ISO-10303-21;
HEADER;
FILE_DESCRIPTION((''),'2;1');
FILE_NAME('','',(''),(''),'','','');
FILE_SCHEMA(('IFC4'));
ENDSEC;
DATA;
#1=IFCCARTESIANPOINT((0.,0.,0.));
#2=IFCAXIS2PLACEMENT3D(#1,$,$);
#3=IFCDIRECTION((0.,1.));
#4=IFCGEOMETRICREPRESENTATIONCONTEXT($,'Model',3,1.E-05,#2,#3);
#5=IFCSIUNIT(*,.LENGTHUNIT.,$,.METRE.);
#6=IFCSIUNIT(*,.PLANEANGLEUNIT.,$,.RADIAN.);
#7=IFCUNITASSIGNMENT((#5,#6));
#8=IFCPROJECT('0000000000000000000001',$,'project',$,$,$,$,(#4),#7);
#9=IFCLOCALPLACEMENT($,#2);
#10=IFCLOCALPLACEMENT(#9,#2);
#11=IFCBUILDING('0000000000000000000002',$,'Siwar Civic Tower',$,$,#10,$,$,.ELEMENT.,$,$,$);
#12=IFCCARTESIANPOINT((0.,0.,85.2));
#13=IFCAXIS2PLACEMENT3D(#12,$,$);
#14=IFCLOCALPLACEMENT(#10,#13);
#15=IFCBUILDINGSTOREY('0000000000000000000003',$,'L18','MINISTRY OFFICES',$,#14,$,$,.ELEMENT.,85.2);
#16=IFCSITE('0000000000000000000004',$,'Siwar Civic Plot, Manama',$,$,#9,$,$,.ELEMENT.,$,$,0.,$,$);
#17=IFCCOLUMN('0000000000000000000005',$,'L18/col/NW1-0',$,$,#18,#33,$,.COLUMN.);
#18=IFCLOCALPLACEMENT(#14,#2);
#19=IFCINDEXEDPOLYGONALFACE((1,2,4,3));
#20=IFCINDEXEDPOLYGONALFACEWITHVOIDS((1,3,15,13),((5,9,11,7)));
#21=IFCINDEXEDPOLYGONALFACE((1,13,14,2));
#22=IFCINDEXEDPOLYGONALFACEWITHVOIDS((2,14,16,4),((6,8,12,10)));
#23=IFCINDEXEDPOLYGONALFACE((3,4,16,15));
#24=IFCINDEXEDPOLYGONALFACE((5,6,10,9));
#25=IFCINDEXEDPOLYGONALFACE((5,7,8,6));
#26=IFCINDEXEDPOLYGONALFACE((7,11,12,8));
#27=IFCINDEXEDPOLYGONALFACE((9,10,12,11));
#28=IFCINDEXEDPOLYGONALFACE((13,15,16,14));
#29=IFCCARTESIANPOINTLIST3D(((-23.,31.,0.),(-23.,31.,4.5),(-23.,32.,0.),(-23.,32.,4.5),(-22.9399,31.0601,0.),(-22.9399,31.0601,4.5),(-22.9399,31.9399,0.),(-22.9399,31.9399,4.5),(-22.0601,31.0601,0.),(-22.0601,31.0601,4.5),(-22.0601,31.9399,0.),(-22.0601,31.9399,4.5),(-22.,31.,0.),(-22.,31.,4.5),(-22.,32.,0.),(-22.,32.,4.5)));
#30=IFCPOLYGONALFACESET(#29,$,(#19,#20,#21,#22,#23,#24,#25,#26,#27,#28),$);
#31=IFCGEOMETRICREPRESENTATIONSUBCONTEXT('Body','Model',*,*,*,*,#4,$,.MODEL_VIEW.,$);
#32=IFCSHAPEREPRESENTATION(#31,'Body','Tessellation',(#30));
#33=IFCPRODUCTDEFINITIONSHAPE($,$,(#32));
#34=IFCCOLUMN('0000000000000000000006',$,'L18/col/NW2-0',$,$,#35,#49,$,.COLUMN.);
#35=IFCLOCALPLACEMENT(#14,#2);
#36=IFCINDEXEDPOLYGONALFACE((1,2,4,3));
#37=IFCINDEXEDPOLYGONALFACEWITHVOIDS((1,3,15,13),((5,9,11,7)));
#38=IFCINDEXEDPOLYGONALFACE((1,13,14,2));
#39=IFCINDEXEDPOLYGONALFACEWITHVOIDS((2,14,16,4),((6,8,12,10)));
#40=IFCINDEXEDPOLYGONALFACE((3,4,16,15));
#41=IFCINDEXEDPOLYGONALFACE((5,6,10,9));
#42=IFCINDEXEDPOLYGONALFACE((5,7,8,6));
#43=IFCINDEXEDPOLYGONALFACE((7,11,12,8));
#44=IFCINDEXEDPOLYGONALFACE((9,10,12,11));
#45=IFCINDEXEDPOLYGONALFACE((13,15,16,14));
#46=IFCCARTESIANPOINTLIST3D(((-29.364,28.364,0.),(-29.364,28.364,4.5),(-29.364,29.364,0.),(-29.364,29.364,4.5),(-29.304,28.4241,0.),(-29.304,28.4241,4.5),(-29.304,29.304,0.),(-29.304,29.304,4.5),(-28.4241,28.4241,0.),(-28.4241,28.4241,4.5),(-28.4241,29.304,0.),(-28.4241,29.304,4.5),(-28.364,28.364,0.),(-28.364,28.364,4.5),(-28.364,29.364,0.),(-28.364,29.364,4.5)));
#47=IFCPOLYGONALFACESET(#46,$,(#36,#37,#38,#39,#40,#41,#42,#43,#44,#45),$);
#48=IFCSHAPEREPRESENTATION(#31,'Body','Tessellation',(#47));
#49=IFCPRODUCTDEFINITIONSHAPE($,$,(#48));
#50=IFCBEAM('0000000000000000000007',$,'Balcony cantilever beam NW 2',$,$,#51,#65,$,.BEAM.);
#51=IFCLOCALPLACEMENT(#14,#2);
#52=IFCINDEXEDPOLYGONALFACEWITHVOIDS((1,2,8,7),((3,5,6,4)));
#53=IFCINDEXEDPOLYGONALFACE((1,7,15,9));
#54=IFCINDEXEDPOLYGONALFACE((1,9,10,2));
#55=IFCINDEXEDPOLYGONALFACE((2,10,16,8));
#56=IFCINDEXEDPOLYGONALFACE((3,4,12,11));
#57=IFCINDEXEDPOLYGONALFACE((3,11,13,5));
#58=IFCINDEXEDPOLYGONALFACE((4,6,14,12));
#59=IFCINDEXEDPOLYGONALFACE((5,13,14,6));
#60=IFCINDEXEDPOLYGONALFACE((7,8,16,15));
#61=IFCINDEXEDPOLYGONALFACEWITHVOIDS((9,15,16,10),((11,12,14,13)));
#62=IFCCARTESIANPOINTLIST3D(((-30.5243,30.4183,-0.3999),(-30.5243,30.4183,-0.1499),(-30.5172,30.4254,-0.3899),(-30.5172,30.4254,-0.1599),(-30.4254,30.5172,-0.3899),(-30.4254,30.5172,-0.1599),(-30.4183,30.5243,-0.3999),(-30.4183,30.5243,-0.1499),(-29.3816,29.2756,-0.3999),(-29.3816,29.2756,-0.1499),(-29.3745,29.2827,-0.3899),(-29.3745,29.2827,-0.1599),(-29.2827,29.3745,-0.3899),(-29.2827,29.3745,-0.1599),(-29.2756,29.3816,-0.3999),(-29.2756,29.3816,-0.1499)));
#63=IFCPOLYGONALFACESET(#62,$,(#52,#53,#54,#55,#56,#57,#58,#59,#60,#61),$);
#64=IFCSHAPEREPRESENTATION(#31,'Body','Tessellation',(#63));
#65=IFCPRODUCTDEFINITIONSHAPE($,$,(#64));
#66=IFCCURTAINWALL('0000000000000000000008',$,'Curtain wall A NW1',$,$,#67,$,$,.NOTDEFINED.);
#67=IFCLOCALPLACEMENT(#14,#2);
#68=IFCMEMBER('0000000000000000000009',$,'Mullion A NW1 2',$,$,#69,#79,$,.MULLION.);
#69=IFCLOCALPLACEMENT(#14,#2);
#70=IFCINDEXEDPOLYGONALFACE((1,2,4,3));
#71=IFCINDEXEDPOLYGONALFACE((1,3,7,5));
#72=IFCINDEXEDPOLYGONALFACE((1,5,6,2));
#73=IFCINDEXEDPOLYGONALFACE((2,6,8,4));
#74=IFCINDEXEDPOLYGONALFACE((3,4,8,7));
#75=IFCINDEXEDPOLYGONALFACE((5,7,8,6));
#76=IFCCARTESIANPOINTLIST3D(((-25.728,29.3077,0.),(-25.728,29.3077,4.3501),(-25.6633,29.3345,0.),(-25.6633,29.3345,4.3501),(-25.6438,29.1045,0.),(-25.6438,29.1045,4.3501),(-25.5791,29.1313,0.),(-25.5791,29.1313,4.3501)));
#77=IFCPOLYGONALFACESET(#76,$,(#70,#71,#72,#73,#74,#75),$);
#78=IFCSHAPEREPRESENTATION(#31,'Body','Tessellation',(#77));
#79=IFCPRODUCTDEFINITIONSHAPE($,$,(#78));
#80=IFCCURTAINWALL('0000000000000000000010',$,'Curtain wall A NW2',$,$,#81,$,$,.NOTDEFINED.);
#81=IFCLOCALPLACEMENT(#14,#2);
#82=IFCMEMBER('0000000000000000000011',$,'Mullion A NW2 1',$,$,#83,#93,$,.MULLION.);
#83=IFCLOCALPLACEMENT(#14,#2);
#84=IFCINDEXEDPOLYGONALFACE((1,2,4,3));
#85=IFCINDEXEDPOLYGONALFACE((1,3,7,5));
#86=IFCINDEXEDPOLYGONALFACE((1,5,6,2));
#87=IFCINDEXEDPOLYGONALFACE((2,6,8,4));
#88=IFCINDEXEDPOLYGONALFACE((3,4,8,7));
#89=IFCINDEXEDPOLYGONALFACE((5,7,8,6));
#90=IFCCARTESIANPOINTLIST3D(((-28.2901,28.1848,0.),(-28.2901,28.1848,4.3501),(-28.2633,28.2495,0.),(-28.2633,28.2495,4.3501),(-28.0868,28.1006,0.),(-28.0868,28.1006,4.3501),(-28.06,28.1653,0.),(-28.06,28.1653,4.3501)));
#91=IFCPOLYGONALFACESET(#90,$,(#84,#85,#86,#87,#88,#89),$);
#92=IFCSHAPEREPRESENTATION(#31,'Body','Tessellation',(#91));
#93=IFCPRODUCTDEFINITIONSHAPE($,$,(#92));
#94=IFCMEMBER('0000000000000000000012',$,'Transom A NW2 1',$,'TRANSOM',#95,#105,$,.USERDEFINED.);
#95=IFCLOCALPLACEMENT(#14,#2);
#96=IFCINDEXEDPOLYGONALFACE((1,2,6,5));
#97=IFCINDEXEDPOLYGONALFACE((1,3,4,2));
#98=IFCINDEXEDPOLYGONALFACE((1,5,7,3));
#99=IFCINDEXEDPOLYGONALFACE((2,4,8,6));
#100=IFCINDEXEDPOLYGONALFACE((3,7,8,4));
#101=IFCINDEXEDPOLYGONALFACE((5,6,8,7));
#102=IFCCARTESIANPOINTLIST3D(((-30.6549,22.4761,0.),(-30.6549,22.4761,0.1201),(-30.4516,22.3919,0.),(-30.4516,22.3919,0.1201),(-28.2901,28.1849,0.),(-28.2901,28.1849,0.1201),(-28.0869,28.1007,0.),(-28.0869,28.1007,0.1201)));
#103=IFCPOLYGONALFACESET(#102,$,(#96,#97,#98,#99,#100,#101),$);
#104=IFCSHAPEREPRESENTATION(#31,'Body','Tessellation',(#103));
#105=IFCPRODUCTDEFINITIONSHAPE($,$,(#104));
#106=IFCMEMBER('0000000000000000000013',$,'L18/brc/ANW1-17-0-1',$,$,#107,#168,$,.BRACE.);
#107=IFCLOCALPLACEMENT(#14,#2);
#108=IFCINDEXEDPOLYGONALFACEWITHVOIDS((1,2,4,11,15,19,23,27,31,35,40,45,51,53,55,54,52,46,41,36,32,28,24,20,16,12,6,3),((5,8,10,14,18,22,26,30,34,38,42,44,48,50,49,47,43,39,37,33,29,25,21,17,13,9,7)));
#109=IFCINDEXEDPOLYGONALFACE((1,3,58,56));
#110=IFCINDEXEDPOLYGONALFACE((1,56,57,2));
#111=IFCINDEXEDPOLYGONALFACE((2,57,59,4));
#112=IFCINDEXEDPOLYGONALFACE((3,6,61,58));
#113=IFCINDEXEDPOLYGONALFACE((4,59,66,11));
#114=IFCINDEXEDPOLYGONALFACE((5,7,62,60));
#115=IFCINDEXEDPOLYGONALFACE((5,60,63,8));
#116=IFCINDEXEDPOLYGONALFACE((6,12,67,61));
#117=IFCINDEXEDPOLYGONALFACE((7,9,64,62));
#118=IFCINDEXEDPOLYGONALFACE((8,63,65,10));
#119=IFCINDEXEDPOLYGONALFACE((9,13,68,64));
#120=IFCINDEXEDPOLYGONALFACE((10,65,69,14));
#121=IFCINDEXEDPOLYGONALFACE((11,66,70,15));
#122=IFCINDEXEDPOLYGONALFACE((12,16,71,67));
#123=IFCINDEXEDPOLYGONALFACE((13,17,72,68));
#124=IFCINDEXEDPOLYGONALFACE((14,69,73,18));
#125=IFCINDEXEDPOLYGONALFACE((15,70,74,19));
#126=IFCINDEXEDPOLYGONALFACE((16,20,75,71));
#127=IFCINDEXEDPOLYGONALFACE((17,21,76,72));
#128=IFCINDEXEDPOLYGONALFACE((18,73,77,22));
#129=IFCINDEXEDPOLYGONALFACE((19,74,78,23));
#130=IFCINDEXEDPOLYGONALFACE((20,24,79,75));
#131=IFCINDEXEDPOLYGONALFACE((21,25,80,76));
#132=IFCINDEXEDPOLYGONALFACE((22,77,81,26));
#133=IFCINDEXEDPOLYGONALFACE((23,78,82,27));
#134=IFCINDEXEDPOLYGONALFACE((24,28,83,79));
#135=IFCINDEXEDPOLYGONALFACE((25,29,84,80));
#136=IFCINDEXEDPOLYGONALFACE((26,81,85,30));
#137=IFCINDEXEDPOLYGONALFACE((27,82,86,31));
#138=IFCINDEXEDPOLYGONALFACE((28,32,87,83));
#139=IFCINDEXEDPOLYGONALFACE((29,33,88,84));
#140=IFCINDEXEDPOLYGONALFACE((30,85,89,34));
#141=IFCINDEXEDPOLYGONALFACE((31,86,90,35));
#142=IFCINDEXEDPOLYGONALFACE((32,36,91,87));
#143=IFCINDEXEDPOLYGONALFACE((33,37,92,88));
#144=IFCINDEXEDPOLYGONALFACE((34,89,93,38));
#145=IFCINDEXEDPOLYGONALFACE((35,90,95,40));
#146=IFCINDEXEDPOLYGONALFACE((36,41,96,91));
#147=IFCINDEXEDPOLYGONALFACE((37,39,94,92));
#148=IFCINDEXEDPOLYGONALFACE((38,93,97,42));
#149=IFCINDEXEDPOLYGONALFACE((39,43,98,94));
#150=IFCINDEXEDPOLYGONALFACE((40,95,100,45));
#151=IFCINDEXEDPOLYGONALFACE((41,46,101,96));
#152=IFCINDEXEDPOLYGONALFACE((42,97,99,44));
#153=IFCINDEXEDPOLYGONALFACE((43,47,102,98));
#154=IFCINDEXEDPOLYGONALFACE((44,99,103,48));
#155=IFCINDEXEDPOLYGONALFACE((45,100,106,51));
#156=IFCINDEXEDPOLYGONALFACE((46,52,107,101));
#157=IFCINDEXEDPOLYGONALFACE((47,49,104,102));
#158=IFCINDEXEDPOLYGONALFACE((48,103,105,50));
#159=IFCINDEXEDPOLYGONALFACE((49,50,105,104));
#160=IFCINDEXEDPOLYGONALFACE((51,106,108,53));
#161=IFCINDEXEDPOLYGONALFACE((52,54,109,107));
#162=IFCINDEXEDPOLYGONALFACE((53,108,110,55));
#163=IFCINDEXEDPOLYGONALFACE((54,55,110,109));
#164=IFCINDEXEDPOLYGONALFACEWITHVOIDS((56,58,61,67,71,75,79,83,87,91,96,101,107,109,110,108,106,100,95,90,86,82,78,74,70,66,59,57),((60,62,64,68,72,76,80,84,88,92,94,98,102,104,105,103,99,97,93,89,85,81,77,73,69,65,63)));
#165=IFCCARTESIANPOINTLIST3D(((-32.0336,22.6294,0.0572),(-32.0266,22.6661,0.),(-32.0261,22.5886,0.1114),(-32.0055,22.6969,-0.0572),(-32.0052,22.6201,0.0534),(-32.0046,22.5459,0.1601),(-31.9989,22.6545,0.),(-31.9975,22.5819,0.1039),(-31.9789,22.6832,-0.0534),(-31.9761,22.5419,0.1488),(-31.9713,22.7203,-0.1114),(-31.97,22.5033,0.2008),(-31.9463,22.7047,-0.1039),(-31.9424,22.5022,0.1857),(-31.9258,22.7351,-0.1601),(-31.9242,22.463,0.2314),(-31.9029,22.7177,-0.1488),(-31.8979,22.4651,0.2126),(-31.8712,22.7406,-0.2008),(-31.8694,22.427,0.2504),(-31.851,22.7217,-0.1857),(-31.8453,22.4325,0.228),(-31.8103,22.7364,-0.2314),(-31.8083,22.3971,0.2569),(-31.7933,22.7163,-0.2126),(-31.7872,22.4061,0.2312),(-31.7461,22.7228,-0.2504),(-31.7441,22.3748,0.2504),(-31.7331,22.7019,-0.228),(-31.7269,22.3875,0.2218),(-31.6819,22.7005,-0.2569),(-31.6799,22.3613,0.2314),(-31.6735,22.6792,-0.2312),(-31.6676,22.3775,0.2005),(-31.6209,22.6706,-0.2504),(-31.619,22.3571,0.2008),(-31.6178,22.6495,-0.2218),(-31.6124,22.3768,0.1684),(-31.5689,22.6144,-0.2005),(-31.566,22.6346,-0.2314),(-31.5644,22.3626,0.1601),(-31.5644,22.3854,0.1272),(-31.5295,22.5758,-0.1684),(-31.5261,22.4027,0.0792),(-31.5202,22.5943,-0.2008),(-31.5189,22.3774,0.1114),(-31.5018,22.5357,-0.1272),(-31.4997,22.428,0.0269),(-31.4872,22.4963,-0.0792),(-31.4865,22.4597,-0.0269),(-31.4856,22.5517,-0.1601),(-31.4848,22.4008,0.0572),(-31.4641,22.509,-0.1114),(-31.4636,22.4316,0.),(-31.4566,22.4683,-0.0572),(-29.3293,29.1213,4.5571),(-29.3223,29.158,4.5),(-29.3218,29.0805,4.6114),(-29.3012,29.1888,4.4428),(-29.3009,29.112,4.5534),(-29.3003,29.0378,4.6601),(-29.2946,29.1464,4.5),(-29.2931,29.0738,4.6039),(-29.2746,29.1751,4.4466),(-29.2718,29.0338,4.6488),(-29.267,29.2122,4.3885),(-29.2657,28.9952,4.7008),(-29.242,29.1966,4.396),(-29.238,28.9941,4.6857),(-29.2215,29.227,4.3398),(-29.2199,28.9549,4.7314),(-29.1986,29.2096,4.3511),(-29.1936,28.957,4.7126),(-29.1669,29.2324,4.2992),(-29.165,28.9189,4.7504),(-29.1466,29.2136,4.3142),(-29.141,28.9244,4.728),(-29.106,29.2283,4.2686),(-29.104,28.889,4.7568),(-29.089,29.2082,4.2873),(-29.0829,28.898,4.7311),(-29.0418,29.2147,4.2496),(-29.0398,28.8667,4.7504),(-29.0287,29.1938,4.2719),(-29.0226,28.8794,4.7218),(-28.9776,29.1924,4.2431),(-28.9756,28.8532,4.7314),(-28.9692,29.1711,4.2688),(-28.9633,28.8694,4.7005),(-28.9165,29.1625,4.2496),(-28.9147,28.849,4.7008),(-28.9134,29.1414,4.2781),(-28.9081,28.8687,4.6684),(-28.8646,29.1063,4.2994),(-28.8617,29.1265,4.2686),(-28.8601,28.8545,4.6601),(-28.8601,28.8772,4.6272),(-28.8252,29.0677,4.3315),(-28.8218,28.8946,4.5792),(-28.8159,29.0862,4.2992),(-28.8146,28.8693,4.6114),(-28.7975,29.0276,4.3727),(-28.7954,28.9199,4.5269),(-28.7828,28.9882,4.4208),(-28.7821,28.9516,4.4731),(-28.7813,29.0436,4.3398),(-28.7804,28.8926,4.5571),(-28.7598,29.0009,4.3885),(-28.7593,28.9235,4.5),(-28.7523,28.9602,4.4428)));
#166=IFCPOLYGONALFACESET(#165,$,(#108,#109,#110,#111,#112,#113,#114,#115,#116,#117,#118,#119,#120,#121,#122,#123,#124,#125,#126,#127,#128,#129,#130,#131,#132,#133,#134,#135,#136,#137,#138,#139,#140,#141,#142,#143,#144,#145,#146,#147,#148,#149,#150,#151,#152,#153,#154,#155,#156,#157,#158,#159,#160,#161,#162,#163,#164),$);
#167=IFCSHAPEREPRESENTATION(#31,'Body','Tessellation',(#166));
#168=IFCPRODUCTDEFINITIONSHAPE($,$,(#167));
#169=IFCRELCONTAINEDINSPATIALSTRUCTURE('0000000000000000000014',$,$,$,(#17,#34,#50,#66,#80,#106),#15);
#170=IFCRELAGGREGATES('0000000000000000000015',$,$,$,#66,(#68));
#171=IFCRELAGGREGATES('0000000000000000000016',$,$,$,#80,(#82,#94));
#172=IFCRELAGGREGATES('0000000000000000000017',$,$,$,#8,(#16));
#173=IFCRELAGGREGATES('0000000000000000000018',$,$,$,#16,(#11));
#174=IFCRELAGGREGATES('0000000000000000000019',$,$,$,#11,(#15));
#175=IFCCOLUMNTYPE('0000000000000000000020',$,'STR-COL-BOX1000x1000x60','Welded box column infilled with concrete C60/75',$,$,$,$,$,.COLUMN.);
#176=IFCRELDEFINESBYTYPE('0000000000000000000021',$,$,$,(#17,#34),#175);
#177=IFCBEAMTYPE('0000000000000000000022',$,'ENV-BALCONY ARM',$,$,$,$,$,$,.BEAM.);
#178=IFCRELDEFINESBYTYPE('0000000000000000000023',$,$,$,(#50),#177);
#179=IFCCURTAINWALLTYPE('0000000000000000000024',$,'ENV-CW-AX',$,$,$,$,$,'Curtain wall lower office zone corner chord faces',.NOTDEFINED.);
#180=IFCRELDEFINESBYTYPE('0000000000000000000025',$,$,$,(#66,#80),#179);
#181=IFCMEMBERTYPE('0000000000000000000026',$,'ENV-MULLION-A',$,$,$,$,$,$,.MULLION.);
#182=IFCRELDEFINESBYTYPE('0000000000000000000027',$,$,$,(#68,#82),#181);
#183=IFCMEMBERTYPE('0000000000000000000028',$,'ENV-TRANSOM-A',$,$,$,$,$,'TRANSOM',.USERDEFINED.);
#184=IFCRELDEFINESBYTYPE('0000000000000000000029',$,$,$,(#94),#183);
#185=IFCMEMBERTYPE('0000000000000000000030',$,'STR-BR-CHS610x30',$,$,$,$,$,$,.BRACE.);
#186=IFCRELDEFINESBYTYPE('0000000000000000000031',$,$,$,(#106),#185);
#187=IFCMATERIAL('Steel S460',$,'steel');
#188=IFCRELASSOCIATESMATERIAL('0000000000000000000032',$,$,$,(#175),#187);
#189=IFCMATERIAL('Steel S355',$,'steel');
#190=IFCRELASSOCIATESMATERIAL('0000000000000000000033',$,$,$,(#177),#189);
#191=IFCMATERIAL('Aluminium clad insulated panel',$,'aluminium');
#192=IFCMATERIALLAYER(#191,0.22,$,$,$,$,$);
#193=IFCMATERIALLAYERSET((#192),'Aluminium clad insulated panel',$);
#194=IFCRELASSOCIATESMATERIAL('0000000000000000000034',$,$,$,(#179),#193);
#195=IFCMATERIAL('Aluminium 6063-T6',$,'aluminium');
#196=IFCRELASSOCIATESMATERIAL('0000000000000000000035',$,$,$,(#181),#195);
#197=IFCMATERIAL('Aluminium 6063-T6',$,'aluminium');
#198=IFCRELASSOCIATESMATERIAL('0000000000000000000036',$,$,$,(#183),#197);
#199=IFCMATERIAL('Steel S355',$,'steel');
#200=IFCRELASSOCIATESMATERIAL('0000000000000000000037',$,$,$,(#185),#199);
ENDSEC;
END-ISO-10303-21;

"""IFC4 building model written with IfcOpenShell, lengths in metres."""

from ifc_helpers import new_model, si_unit, direction, frame, origin, origin_2d, place, context, subcontext, project, spatial, rectangle, hollow_rectangle, hollow_circle, extrude, material, layer, layer_set, material_profile, profile_set, type_object, element, aggregate, save


model = new_model("IFC4")

# Units and contexts
model_context = context("Model", 3, precision=1e-05, world=origin(), true_north=direction((0.0, 1.0)))
body_context = subcontext(model_context, "Body", "Model", "MODEL_VIEW")
ifc_project = project(units=[si_unit("LENGTHUNIT", "METRE"), si_unit("PLANEANGLEUNIT", "RADIAN")], contexts=[model_context])

# Site, building, storey
site_placement = place(None, origin())
site = spatial("IfcSite", under=ifc_project, at=site_placement, Name="Siwar Civic Plot, Manama", CompositionType="ELEMENT", RefElevation=0.0)
building_placement = place(site_placement, origin())
building = spatial("IfcBuilding", under=site, at=building_placement, Name="Siwar Civic Tower", CompositionType="ELEMENT")
storey_placement = place(building_placement, frame((0.0, 0.0, 85.2)))
storey = spatial("IfcBuildingStorey", under=building, at=storey_placement, Name="L18", Description="MINISTRY OFFICES", CompositionType="ELEMENT", Elevation=85.2)

# Columns
ifc_material_1 = material(Name="Steel S460", Category="steel")
ifc_material_profile_1 = material_profile(ifc_material_1, hollow_rectangle(XDim=1.0, YDim=1.0, WallThickness=0.0601, at=origin_2d()), Name="BOX1000x1000x60")
ifc_profile_set_1 = profile_set([ifc_material_profile_1], Name="Steel S460")
column_type = type_object("IfcColumnType", Name="STR-COL-BOX1000x1000x60", Description="Welded box column infilled with concrete C60/75", PredefinedType="COLUMN", material=ifc_profile_set_1)
for number, where, z_axis, x_axis, name in (
    (1, (-22.5, 31.5, 0.0), (0.0, 0.0, 1.0), (1.0, 0.0, 0.0), "L18/col/NW1-0"),
    (2, (-28.864, 28.864, 0.0), (0.0, 0.0, 1.0), (1.0, 0.0, 0.0), "L18/col/NW2-0"),
):
    element("IfcColumn", number, at=place(storey_placement, frame(where, z_axis=z_axis, x_axis=x_axis)), inside=storey, type_object=column_type, Name=name, PredefinedType="COLUMN", context=body_context, shape_type="SweptSolid", body=[
        extrude(hollow_rectangle(XDim=1.0, YDim=1.0, WallThickness=0.0601, at=origin_2d()), origin(), (0.0, 0.0, 1.0), 4.5),
    ])

# Beam
ifc_material_2 = material(Name="Steel S355", Category="steel")
ifc_material_profile_2 = material_profile(ifc_material_2, hollow_rectangle(XDim=0.1499, YDim=0.25, WallThickness=0.01, at=origin_2d()), Name="RHS250x150x10")
ifc_profile_set_2 = profile_set([ifc_material_profile_2], Name="Steel S355")
beam_type_1 = type_object("IfcBeamType", Name="ENV-BALCONY ARM", PredefinedType="BEAM", material=ifc_profile_set_2)
beam_1_placement = place(storey_placement, frame((-29.3286, 29.3286, -0.2749), z_axis=(-0.707107, 0.707107, 0.0), x_axis=(-0.707107, -0.707107, 0.0)))
element("IfcBeam", 3, at=beam_1_placement, inside=storey, type_object=beam_type_1, Name="Balcony cantilever beam NW 2", PredefinedType="BEAM", context=body_context, shape_type="SweptSolid", body=[
    extrude(hollow_rectangle(XDim=0.1499, YDim=0.25, WallThickness=0.01, at=origin_2d()), origin(), (0.0, 0.0, 1.0), 1.616),
])

# Curtain wall, member
ifc_material_3 = material(Name="Aluminium clad insulated panel", Category="aluminium")
ifc_layer_1 = layer(ifc_material_3, 0.22)
ifc_layer_set_1 = layer_set([ifc_layer_1], Name="Aluminium clad insulated panel")
curtain_wall_type = type_object("IfcCurtainWallType", Name="ENV-CW-AX", ElementType="Curtain wall lower office zone corner chord faces", PredefinedType="NOTDEFINED", material=ifc_layer_set_1)
curtain_wall_1_placement = place(storey_placement, origin())
curtain_wall_1 = element("IfcCurtainWall", 4, at=curtain_wall_1_placement, inside=storey, type_object=curtain_wall_type, Name="Curtain wall A NW1", PredefinedType="NOTDEFINED")
ifc_material_4 = material(Name="Aluminium 6063-T6", Category="aluminium")
ifc_material_profile_3 = material_profile(ifc_material_4, rectangle(XDim=0.22, YDim=0.0701, at=origin_2d()), Name="AL 220x70")
ifc_profile_set_3 = profile_set([ifc_material_profile_3], Name="Aluminium 6063-T6")
member_type_1 = type_object("IfcMemberType", Name="ENV-MULLION-A", PredefinedType="MULLION", material=ifc_profile_set_3)
member_1_placement = place(storey_placement, frame((-25.6536, 29.2195, 0.0), z_axis=(0.0, 0.0, 1.0), x_axis=(0.382683, -0.92388, 0.0)))
member_1 = element("IfcMember", 5, at=member_1_placement, type_object=member_type_1, Name="Mullion A NW1 2", PredefinedType="MULLION", context=body_context, shape_type="SweptSolid", body=[
    extrude(rectangle(XDim=0.22, YDim=0.0701, at=origin_2d()), origin(), (0.0, 0.0, 1.0), 4.3501),
])

# Curtain wall, members
curtain_wall_2_placement = place(storey_placement, origin())
curtain_wall_2 = element("IfcCurtainWall", 6, at=curtain_wall_2_placement, inside=storey, type_object=curtain_wall_type, Name="Curtain wall A NW2", PredefinedType="NOTDEFINED")
member_2_placement = place(storey_placement, frame((-28.175, 28.175, 0.0), z_axis=(0.0, 0.0, 1.0), x_axis=(0.92388, -0.382683, 0.0)))
member_2 = element("IfcMember", 7, at=member_2_placement, type_object=member_type_1, Name="Mullion A NW2 1", PredefinedType="MULLION", context=body_context, shape_type="SweptSolid", body=[
    extrude(rectangle(XDim=0.22, YDim=0.0701, at=origin_2d()), origin(), (0.0, 0.0, 1.0), 4.3501),
])
ifc_material_5 = material(Name="Aluminium 6063-T6", Category="aluminium")
ifc_material_profile_4 = material_profile(ifc_material_5, rectangle(XDim=0.22, YDim=0.1201, at=origin_2d()), Name="AL 220x120")
ifc_profile_set_4 = profile_set([ifc_material_profile_4], Name="Aluminium 6063-T6")
member_type_2 = type_object("IfcMemberType", Name="ENV-TRANSOM-A", ElementType="TRANSOM", PredefinedType="USERDEFINED", material=ifc_profile_set_4)
member_3_placement = place(storey_placement, frame((-28.1885, 28.1428, 0.0601), z_axis=(-0.382698, -0.923873, 0.0), x_axis=(0.923873, -0.382698, 0.0)))
member_3 = element("IfcMember", 8, at=member_3_placement, type_object=member_type_2, Name="Transom A NW2 1", ObjectType="TRANSOM", PredefinedType="USERDEFINED", context=body_context, shape_type="SweptSolid", body=[
    extrude(rectangle(XDim=0.22, YDim=0.1201, at=origin_2d()), origin(), (0.0, 0.0, 1.0), 6.1792),
])

# Member
ifc_material_6 = material(Name="Steel S355", Category="steel")
ifc_material_profile_5 = material_profile(ifc_material_6, hollow_circle(Radius=0.3049, WallThickness=0.03, at=origin_2d()), Name="CHS610x30")
ifc_profile_set_5 = profile_set([ifc_material_profile_5], Name="Steel S355")
member_type_3 = type_object("IfcMemberType", Name="STR-BR-CHS610x30", PredefinedType="BRACE", material=ifc_profile_set_5)
member_4_placement = place(storey_placement, frame((-31.7451, 22.5488, 0.0), z_axis=(0.323906, 0.777555, 0.538975), x_axis=(-0.923109, 0.384539, 0.0)))
element("IfcMember", 9, at=member_4_placement, inside=storey, type_object=member_type_3, Name="L18/brc/ANW1-17-0-1", PredefinedType="BRACE", context=body_context, shape_type="SweptSolid", body=[
    extrude(hollow_circle(Radius=0.3049, WallThickness=0.03, at=origin_2d()), origin(), (0.0, 0.0, 1.0), 8.3491),
])

aggregate(curtain_wall_1, [member_1])
aggregate(curtain_wall_2, [member_2, member_3])

save(model, "model.ifc")
